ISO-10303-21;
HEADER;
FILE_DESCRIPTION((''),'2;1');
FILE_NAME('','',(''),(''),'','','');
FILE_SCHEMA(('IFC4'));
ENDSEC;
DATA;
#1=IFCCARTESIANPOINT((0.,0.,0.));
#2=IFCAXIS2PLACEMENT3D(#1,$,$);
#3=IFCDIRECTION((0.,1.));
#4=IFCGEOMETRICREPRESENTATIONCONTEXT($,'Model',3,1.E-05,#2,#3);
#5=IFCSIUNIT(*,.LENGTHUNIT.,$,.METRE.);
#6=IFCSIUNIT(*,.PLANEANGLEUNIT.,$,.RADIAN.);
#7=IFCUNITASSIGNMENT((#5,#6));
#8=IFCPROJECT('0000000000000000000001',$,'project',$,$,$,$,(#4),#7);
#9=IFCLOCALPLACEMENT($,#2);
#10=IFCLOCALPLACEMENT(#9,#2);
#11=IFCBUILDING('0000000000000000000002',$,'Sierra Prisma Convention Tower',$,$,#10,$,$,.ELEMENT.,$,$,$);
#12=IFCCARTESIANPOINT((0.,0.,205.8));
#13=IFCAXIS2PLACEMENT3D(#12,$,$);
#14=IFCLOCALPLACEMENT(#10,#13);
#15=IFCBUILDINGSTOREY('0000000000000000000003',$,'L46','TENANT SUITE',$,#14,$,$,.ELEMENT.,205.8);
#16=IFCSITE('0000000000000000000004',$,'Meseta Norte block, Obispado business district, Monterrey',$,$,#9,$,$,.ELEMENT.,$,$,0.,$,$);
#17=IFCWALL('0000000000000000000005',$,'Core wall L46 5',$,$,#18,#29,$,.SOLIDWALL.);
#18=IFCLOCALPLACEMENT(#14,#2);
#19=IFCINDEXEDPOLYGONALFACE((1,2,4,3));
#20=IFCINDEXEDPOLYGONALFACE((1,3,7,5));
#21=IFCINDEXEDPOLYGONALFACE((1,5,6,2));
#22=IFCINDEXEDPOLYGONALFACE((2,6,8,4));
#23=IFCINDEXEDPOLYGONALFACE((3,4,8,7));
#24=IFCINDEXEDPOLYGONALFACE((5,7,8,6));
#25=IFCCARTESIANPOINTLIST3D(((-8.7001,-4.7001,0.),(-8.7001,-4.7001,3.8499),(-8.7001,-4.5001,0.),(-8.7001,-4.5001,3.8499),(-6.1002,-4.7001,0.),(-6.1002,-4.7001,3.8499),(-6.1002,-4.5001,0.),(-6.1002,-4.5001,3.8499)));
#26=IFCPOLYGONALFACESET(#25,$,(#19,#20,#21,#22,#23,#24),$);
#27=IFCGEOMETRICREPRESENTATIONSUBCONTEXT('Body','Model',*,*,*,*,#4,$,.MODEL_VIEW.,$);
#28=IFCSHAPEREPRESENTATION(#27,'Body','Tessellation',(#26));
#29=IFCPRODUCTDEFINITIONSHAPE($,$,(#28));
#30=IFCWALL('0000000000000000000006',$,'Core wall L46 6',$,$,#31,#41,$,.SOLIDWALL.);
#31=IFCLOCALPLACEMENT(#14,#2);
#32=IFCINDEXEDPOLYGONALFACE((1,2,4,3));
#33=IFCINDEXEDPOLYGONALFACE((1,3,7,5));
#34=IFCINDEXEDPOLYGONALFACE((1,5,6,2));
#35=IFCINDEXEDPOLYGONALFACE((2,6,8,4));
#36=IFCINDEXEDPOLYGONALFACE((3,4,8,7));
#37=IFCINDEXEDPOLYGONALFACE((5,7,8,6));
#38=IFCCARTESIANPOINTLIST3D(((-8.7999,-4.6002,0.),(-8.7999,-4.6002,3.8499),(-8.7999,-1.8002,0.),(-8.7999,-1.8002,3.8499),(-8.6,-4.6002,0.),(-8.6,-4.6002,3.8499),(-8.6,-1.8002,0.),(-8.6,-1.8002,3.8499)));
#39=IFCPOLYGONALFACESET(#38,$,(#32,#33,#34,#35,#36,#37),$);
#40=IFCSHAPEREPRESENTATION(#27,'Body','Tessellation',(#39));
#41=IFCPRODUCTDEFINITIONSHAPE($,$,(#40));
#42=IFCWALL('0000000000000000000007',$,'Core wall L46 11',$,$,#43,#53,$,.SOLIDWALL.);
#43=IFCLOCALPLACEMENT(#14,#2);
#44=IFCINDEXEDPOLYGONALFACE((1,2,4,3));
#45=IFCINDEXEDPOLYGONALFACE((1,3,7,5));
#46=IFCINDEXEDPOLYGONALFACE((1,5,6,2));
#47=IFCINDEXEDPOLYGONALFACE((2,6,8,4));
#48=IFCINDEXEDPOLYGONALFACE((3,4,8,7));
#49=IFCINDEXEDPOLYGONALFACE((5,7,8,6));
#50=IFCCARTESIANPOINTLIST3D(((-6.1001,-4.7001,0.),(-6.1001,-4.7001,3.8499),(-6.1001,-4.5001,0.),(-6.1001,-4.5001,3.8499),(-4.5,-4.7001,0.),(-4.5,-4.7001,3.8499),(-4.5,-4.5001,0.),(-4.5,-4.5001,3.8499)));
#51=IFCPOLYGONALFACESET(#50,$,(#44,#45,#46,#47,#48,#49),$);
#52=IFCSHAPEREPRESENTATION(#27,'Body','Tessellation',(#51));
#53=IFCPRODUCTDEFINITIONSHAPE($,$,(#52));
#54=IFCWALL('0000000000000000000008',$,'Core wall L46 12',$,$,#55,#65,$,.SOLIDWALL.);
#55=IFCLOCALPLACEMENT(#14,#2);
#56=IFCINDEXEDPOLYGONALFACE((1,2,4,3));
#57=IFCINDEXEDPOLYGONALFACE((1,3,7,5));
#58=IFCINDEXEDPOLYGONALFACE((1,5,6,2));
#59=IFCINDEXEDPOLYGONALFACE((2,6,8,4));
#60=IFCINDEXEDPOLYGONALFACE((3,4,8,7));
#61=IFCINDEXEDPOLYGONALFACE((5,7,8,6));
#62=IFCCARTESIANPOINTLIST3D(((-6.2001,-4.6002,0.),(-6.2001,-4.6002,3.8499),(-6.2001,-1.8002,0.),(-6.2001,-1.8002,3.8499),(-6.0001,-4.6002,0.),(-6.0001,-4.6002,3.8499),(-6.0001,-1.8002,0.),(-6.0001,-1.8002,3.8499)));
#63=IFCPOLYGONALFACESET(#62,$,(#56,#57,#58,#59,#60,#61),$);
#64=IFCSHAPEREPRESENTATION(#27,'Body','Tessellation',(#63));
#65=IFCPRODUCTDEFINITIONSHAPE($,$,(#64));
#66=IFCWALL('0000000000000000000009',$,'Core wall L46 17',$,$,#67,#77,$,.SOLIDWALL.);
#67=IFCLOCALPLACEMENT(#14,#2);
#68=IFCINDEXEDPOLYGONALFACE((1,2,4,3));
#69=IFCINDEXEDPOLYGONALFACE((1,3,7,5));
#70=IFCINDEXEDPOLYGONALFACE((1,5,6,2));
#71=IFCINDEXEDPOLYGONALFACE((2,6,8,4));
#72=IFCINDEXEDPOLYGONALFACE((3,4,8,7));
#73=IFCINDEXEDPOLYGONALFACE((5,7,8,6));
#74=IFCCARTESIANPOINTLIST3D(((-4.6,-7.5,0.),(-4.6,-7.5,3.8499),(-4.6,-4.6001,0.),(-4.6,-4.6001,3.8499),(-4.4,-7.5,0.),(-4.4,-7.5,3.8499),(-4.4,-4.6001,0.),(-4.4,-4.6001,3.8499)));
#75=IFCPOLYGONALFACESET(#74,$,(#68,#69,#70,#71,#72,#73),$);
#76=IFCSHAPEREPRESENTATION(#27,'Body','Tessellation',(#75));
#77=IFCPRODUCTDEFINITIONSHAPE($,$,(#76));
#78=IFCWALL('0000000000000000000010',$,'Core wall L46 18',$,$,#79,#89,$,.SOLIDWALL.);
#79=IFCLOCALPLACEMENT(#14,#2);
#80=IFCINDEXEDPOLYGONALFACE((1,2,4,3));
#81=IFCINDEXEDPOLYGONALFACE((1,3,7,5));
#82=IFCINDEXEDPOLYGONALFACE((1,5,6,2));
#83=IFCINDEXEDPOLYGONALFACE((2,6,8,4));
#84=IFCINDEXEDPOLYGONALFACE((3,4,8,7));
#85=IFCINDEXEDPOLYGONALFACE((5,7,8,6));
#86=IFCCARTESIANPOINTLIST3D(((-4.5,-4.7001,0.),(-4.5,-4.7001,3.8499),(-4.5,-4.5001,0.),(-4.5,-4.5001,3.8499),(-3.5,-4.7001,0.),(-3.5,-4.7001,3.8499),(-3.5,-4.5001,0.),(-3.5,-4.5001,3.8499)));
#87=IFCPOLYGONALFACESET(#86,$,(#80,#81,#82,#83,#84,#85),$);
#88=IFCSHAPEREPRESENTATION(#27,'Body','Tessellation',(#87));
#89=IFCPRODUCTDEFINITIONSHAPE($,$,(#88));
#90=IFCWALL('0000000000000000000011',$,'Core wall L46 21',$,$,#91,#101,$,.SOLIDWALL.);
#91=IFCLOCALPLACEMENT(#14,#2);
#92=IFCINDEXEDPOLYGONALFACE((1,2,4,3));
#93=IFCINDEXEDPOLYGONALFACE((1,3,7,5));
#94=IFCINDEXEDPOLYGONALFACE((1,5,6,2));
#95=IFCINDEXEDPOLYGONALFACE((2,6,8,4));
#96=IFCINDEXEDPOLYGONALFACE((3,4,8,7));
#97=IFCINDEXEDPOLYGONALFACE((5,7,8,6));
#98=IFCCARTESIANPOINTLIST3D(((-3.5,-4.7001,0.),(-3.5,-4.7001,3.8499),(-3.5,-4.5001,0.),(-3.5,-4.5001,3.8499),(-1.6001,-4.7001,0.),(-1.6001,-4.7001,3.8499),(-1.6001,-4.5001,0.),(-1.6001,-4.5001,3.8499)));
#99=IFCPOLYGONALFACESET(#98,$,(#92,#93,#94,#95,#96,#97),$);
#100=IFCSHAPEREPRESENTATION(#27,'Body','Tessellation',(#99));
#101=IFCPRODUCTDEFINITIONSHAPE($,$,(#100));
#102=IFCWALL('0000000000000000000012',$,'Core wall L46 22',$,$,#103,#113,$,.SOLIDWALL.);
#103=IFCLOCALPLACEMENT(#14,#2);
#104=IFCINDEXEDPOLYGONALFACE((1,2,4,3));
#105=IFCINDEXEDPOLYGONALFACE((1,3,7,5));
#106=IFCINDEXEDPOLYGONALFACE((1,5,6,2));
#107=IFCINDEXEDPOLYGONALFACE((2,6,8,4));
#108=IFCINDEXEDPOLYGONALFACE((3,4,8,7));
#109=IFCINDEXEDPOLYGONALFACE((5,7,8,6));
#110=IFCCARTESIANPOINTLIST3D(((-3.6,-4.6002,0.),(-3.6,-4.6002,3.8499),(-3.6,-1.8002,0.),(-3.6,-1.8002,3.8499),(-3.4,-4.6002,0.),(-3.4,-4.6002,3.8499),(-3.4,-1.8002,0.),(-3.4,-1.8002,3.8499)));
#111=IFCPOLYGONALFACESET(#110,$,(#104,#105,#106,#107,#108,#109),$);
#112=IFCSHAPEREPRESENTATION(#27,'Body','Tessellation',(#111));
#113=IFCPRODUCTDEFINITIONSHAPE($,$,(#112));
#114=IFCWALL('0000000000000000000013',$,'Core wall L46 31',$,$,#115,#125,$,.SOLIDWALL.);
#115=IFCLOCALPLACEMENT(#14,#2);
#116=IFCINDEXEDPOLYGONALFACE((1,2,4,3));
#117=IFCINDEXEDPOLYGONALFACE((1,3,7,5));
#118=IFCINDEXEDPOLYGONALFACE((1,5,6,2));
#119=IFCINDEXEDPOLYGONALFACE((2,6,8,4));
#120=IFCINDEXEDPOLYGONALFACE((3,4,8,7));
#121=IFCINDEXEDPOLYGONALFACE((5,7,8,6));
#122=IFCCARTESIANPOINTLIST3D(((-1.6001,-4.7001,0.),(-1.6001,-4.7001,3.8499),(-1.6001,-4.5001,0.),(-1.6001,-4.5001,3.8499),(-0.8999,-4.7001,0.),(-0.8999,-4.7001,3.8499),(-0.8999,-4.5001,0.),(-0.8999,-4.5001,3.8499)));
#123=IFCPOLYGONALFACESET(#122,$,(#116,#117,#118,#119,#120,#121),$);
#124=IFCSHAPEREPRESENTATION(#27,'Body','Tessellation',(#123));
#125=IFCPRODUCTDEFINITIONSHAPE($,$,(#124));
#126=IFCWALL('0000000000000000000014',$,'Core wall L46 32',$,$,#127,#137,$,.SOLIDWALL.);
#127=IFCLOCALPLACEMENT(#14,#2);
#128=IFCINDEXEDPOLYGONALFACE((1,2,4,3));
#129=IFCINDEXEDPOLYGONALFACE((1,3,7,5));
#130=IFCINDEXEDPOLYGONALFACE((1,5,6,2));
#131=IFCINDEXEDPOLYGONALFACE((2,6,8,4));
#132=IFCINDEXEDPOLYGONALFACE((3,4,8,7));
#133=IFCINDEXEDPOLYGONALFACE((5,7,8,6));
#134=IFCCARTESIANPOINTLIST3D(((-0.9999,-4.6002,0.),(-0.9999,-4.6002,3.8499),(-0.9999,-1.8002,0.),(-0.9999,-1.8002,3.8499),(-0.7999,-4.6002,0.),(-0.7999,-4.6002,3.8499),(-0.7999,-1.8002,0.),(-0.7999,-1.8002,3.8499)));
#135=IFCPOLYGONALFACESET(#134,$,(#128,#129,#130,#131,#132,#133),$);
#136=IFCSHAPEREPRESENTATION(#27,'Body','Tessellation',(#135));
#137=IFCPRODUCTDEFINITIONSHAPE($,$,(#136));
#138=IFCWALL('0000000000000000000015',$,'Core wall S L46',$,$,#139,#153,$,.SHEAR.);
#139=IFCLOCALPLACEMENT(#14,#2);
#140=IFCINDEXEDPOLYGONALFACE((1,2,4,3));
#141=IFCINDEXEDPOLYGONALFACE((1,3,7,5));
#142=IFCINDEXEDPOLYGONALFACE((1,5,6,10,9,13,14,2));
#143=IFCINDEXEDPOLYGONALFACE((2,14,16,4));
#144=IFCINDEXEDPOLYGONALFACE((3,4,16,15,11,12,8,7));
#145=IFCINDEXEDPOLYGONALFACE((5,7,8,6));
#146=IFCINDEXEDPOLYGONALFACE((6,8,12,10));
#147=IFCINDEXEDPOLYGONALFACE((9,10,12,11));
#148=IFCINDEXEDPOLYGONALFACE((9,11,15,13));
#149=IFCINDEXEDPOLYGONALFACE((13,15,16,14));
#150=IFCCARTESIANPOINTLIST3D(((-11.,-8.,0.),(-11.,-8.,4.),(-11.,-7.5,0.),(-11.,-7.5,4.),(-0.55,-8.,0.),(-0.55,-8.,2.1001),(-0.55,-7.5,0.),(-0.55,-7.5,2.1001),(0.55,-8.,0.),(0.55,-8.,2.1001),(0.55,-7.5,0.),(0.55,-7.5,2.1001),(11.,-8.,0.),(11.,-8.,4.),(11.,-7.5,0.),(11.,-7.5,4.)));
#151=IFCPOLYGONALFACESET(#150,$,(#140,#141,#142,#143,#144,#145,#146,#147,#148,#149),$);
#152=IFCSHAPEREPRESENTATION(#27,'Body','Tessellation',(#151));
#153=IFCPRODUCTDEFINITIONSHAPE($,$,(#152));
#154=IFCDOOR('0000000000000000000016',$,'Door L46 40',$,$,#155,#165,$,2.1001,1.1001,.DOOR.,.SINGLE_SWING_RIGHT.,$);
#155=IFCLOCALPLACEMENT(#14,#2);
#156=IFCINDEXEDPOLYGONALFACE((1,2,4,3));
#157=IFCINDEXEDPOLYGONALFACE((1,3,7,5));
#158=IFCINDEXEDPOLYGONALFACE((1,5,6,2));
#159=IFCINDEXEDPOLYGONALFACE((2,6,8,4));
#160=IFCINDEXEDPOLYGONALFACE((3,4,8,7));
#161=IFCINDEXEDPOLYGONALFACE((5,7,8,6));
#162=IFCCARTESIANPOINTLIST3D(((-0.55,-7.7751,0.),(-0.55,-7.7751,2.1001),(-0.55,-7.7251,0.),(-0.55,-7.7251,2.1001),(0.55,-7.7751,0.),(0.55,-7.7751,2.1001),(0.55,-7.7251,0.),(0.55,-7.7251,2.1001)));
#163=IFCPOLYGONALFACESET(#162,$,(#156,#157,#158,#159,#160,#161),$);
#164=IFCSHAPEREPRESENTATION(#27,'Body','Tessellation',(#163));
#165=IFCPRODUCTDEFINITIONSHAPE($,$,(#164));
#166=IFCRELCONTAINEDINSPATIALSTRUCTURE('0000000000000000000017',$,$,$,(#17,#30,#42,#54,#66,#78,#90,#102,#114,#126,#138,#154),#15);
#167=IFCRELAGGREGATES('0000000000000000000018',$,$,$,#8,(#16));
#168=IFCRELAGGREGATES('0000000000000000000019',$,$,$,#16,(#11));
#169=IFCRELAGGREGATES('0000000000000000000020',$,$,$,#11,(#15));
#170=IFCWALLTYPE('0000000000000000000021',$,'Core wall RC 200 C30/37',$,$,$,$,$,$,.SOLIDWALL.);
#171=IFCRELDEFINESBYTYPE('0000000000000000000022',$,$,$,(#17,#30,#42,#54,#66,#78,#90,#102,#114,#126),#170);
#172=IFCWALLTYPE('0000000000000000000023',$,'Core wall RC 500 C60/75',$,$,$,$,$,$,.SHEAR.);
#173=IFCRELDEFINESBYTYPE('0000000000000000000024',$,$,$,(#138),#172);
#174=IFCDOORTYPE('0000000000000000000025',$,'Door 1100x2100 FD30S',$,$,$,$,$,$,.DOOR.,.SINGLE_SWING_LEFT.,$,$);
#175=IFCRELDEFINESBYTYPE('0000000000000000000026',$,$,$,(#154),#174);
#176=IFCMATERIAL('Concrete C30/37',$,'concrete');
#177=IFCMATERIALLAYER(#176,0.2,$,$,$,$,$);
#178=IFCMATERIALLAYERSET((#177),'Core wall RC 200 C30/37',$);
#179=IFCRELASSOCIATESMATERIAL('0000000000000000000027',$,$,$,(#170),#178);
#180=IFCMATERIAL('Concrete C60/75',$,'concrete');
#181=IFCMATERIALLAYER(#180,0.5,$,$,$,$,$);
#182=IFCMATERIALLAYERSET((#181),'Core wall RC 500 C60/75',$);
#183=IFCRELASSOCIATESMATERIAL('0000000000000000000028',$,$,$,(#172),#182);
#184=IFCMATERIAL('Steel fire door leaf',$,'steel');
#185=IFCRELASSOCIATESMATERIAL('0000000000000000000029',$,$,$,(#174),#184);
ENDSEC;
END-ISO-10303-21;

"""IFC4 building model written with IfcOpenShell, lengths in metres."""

from ifc_helpers import new_model, si_unit, direction, frame, frame_2d, origin, place, context, subcontext, project, spatial, rectangle, extrude, material, layer, layer_set, type_object, element, fill, save


model = new_model("IFC4")

# Units and contexts
model_context = context("Model", 3, precision=1e-05, world=origin(), true_north=direction((0.0, 1.0)))
body_context = subcontext(model_context, "Body", "Model", "MODEL_VIEW")
ifc_project = project(units=[si_unit("LENGTHUNIT", "METRE"), si_unit("PLANEANGLEUNIT", "RADIAN")], contexts=[model_context])

# Site, building, storey
site_placement = place(None, origin())
site = spatial("IfcSite", under=ifc_project, at=site_placement, Name="Meseta Norte block, Obispado business district, Monterrey", CompositionType="ELEMENT", RefElevation=0.0)
building_placement = place(site_placement, origin())
building = spatial("IfcBuilding", under=site, at=building_placement, Name="Sierra Prisma Convention Tower", CompositionType="ELEMENT")
storey_placement = place(building_placement, frame((0.0, 0.0, 205.8)))
storey = spatial("IfcBuildingStorey", under=building, at=storey_placement, Name="L46", Description="TENANT SUITE", CompositionType="ELEMENT", Elevation=205.8)

# Shared definitions
ifc_material_1 = material(Name="Concrete C30/37", Category="concrete")
ifc_layer_1 = layer(ifc_material_1, 0.2)
ifc_layer_set_1 = layer_set([ifc_layer_1], Name="Core wall RC 200 C30/37")
wall_type_1 = type_object("IfcWallType", Name="Core wall RC 200 C30/37", PredefinedType="SOLIDWALL", material=ifc_layer_set_1)

# Walls
wall_1_placement = place(storey_placement, frame((-8.7, -4.6001, 0.0), z_axis=(0.0, 0.0, 1.0), x_axis=(1.0, 0.0, 0.0)))
element("IfcWall", 1, at=wall_1_placement, inside=storey, type_object=wall_type_1, Name="Core wall L46 5", PredefinedType="SOLIDWALL", context=body_context, shape_type="SweptSolid", body=[
    extrude(rectangle(XDim=2.5999, YDim=0.2, at=frame_2d((1.2998, 0.0))), origin(), (0.0, 0.0, 1.0), 3.8499),
])
wall_2_placement = place(storey_placement, frame((-8.7, -4.6001, 0.0), z_axis=(0.0, 0.0, 1.0), x_axis=(0.0, 1.0, 0.0)))
element("IfcWall", 2, at=wall_2_placement, inside=storey, type_object=wall_type_1, Name="Core wall L46 6", PredefinedType="SOLIDWALL", context=body_context, shape_type="SweptSolid", body=[
    extrude(rectangle(XDim=2.8, YDim=0.2, at=frame_2d((1.3999, 0.0))), origin(), (0.0, 0.0, 1.0), 3.8499),
])
wall_3_placement = place(storey_placement, frame((-6.1001, -4.6001, 0.0), z_axis=(0.0, 0.0, 1.0), x_axis=(1.0, 0.0, 0.0)))
element("IfcWall", 3, at=wall_3_placement, inside=storey, type_object=wall_type_1, Name="Core wall L46 11", PredefinedType="SOLIDWALL", context=body_context, shape_type="SweptSolid", body=[
    extrude(rectangle(XDim=1.6001, YDim=0.2, at=frame_2d((0.8, 0.0))), origin(), (0.0, 0.0, 1.0), 3.8499),
])
wall_4_placement = place(storey_placement, frame((-6.1001, -4.6001, 0.0), z_axis=(0.0, 0.0, 1.0), x_axis=(0.0, 1.0, 0.0)))
element("IfcWall", 4, at=wall_4_placement, inside=storey, type_object=wall_type_1, Name="Core wall L46 12", PredefinedType="SOLIDWALL", context=body_context, shape_type="SweptSolid", body=[
    extrude(rectangle(XDim=2.8, YDim=0.2, at=frame_2d((1.3999, 0.0))), origin(), (0.0, 0.0, 1.0), 3.8499),
])
wall_5_placement = place(storey_placement, frame((-4.5, -4.6001, 0.0), z_axis=(0.0, 0.0, 1.0), x_axis=(0.0, -1.0, 0.0)))
element("IfcWall", 5, at=wall_5_placement, inside=storey, type_object=wall_type_1, Name="Core wall L46 17", PredefinedType="SOLIDWALL", context=body_context, shape_type="SweptSolid", body=[
    extrude(rectangle(XDim=2.8999, YDim=0.2, at=frame_2d((1.45, 0.0))), origin(), (0.0, 0.0, 1.0), 3.8499),
])
wall_6_placement = place(storey_placement, frame((-4.5, -4.6001, 0.0), z_axis=(0.0, 0.0, 1.0), x_axis=(1.0, 0.0, 0.0)))
element("IfcWall", 6, at=wall_6_placement, inside=storey, type_object=wall_type_1, Name="Core wall L46 18", PredefinedType="SOLIDWALL", context=body_context, shape_type="SweptSolid", body=[
    extrude(rectangle(XDim=1.0, YDim=0.2, at=frame_2d((0.5, 0.0))), origin(), (0.0, 0.0, 1.0), 3.8499),
])
wall_7_placement = place(storey_placement, frame((-3.5, -4.6001, 0.0), z_axis=(0.0, 0.0, 1.0), x_axis=(1.0, 0.0, 0.0)))
element("IfcWall", 7, at=wall_7_placement, inside=storey, type_object=wall_type_1, Name="Core wall L46 21", PredefinedType="SOLIDWALL", context=body_context, shape_type="SweptSolid", body=[
    extrude(rectangle(XDim=1.8999, YDim=0.2, at=frame_2d((0.95, 0.0))), origin(), (0.0, 0.0, 1.0), 3.8499),
])
wall_8_placement = place(storey_placement, frame((-3.5, -4.6001, 0.0), z_axis=(0.0, 0.0, 1.0), x_axis=(0.0, 1.0, 0.0)))
element("IfcWall", 8, at=wall_8_placement, inside=storey, type_object=wall_type_1, Name="Core wall L46 22", PredefinedType="SOLIDWALL", context=body_context, shape_type="SweptSolid", body=[
    extrude(rectangle(XDim=2.8, YDim=0.2, at=frame_2d((1.3999, 0.0))), origin(), (0.0, 0.0, 1.0), 3.8499),
])

# Walls
wall_9_placement = place(storey_placement, frame((-1.6001, -4.6001, 0.0), z_axis=(0.0, 0.0, 1.0), x_axis=(1.0, 0.0, 0.0)))
element("IfcWall", 9, at=wall_9_placement, inside=storey, type_object=wall_type_1, Name="Core wall L46 31", PredefinedType="SOLIDWALL", context=body_context, shape_type="SweptSolid", body=[
    extrude(rectangle(XDim=0.7002, YDim=0.2, at=frame_2d((0.3501, 0.0))), origin(), (0.0, 0.0, 1.0), 3.8499),
])
wall_10_placement = place(storey_placement, frame((-0.8999, -4.6001, 0.0), z_axis=(0.0, 0.0, 1.0), x_axis=(0.0, 1.0, 0.0)))
element("IfcWall", 10, at=wall_10_placement, inside=storey, type_object=wall_type_1, Name="Core wall L46 32", PredefinedType="SOLIDWALL", context=body_context, shape_type="SweptSolid", body=[
    extrude(rectangle(XDim=2.8, YDim=0.2, at=frame_2d((1.3999, 0.0))), origin(), (0.0, 0.0, 1.0), 3.8499),
])

# Wall, opening, door
ifc_material_2 = material(Name="Concrete C60/75", Category="concrete")
ifc_layer_2 = layer(ifc_material_2, 0.5)
ifc_layer_set_2 = layer_set([ifc_layer_2], Name="Core wall RC 500 C60/75")
wall_type_2 = type_object("IfcWallType", Name="Core wall RC 500 C60/75", PredefinedType="SHEAR", material=ifc_layer_set_2)
wall_11_placement = place(storey_placement, frame((-11.0, -7.75, 0.0), z_axis=(0.0, 0.0, 1.0), x_axis=(1.0, 0.0, 0.0)))
wall_11 = element("IfcWall", 11, at=wall_11_placement, inside=storey, type_object=wall_type_2, Name="Core wall S L46", PredefinedType="SHEAR", context=body_context, shape_type="SweptSolid", body=[
    extrude(rectangle(XDim=22.0, YDim=0.5, at=frame_2d((11.0, 0.0))), origin(), (0.0, 0.0, 1.0), 4.0),
])
opening_1_placement = place(wall_11_placement, frame((10.45, 0.0, 0.0)))
opening_1 = element("IfcOpeningElement", 12, at=opening_1_placement, cuts=wall_11, PredefinedType="OPENING", context=body_context, shape_type="SweptSolid", body=[
    extrude(rectangle(XDim=1.1001, YDim=2.1001, at=frame_2d((0.55, 1.05))), frame((0.0, 0.25, 0.0), z_axis=(0.0, -1.0, 0.0), x_axis=(1.0, 0.0, 0.0)), (0.0, 0.0, 1.0), 0.5),
])
ifc_material_3 = material(Name="Steel fire door leaf", Category="steel")
door_type_1 = type_object("IfcDoorType", Name="Door 1100x2100 FD30S", OperationType="SINGLE_SWING_LEFT", PredefinedType="DOOR", material=ifc_material_3)
door_1_placement = place(opening_1_placement, origin())
door_1 = element("IfcDoor", 13, at=door_1_placement, inside=storey, type_object=door_type_1, Name="Door L46 40", OperationType="SINGLE_SWING_RIGHT", OverallHeight=2.1001, OverallWidth=1.1001, PredefinedType="DOOR", context=body_context, shape_type="SweptSolid", body=[
    extrude(rectangle(XDim=1.1001, YDim=2.1001, at=frame_2d((0.55, 1.05))), frame((0.0, 0.0249, 0.0), z_axis=(0.0, -1.0, 0.0), x_axis=(1.0, 0.0, 0.0)), (0.0, 0.0, 1.0), 0.05),
])
fill(opening_1, door_1)

save(model, "model.ifc")
